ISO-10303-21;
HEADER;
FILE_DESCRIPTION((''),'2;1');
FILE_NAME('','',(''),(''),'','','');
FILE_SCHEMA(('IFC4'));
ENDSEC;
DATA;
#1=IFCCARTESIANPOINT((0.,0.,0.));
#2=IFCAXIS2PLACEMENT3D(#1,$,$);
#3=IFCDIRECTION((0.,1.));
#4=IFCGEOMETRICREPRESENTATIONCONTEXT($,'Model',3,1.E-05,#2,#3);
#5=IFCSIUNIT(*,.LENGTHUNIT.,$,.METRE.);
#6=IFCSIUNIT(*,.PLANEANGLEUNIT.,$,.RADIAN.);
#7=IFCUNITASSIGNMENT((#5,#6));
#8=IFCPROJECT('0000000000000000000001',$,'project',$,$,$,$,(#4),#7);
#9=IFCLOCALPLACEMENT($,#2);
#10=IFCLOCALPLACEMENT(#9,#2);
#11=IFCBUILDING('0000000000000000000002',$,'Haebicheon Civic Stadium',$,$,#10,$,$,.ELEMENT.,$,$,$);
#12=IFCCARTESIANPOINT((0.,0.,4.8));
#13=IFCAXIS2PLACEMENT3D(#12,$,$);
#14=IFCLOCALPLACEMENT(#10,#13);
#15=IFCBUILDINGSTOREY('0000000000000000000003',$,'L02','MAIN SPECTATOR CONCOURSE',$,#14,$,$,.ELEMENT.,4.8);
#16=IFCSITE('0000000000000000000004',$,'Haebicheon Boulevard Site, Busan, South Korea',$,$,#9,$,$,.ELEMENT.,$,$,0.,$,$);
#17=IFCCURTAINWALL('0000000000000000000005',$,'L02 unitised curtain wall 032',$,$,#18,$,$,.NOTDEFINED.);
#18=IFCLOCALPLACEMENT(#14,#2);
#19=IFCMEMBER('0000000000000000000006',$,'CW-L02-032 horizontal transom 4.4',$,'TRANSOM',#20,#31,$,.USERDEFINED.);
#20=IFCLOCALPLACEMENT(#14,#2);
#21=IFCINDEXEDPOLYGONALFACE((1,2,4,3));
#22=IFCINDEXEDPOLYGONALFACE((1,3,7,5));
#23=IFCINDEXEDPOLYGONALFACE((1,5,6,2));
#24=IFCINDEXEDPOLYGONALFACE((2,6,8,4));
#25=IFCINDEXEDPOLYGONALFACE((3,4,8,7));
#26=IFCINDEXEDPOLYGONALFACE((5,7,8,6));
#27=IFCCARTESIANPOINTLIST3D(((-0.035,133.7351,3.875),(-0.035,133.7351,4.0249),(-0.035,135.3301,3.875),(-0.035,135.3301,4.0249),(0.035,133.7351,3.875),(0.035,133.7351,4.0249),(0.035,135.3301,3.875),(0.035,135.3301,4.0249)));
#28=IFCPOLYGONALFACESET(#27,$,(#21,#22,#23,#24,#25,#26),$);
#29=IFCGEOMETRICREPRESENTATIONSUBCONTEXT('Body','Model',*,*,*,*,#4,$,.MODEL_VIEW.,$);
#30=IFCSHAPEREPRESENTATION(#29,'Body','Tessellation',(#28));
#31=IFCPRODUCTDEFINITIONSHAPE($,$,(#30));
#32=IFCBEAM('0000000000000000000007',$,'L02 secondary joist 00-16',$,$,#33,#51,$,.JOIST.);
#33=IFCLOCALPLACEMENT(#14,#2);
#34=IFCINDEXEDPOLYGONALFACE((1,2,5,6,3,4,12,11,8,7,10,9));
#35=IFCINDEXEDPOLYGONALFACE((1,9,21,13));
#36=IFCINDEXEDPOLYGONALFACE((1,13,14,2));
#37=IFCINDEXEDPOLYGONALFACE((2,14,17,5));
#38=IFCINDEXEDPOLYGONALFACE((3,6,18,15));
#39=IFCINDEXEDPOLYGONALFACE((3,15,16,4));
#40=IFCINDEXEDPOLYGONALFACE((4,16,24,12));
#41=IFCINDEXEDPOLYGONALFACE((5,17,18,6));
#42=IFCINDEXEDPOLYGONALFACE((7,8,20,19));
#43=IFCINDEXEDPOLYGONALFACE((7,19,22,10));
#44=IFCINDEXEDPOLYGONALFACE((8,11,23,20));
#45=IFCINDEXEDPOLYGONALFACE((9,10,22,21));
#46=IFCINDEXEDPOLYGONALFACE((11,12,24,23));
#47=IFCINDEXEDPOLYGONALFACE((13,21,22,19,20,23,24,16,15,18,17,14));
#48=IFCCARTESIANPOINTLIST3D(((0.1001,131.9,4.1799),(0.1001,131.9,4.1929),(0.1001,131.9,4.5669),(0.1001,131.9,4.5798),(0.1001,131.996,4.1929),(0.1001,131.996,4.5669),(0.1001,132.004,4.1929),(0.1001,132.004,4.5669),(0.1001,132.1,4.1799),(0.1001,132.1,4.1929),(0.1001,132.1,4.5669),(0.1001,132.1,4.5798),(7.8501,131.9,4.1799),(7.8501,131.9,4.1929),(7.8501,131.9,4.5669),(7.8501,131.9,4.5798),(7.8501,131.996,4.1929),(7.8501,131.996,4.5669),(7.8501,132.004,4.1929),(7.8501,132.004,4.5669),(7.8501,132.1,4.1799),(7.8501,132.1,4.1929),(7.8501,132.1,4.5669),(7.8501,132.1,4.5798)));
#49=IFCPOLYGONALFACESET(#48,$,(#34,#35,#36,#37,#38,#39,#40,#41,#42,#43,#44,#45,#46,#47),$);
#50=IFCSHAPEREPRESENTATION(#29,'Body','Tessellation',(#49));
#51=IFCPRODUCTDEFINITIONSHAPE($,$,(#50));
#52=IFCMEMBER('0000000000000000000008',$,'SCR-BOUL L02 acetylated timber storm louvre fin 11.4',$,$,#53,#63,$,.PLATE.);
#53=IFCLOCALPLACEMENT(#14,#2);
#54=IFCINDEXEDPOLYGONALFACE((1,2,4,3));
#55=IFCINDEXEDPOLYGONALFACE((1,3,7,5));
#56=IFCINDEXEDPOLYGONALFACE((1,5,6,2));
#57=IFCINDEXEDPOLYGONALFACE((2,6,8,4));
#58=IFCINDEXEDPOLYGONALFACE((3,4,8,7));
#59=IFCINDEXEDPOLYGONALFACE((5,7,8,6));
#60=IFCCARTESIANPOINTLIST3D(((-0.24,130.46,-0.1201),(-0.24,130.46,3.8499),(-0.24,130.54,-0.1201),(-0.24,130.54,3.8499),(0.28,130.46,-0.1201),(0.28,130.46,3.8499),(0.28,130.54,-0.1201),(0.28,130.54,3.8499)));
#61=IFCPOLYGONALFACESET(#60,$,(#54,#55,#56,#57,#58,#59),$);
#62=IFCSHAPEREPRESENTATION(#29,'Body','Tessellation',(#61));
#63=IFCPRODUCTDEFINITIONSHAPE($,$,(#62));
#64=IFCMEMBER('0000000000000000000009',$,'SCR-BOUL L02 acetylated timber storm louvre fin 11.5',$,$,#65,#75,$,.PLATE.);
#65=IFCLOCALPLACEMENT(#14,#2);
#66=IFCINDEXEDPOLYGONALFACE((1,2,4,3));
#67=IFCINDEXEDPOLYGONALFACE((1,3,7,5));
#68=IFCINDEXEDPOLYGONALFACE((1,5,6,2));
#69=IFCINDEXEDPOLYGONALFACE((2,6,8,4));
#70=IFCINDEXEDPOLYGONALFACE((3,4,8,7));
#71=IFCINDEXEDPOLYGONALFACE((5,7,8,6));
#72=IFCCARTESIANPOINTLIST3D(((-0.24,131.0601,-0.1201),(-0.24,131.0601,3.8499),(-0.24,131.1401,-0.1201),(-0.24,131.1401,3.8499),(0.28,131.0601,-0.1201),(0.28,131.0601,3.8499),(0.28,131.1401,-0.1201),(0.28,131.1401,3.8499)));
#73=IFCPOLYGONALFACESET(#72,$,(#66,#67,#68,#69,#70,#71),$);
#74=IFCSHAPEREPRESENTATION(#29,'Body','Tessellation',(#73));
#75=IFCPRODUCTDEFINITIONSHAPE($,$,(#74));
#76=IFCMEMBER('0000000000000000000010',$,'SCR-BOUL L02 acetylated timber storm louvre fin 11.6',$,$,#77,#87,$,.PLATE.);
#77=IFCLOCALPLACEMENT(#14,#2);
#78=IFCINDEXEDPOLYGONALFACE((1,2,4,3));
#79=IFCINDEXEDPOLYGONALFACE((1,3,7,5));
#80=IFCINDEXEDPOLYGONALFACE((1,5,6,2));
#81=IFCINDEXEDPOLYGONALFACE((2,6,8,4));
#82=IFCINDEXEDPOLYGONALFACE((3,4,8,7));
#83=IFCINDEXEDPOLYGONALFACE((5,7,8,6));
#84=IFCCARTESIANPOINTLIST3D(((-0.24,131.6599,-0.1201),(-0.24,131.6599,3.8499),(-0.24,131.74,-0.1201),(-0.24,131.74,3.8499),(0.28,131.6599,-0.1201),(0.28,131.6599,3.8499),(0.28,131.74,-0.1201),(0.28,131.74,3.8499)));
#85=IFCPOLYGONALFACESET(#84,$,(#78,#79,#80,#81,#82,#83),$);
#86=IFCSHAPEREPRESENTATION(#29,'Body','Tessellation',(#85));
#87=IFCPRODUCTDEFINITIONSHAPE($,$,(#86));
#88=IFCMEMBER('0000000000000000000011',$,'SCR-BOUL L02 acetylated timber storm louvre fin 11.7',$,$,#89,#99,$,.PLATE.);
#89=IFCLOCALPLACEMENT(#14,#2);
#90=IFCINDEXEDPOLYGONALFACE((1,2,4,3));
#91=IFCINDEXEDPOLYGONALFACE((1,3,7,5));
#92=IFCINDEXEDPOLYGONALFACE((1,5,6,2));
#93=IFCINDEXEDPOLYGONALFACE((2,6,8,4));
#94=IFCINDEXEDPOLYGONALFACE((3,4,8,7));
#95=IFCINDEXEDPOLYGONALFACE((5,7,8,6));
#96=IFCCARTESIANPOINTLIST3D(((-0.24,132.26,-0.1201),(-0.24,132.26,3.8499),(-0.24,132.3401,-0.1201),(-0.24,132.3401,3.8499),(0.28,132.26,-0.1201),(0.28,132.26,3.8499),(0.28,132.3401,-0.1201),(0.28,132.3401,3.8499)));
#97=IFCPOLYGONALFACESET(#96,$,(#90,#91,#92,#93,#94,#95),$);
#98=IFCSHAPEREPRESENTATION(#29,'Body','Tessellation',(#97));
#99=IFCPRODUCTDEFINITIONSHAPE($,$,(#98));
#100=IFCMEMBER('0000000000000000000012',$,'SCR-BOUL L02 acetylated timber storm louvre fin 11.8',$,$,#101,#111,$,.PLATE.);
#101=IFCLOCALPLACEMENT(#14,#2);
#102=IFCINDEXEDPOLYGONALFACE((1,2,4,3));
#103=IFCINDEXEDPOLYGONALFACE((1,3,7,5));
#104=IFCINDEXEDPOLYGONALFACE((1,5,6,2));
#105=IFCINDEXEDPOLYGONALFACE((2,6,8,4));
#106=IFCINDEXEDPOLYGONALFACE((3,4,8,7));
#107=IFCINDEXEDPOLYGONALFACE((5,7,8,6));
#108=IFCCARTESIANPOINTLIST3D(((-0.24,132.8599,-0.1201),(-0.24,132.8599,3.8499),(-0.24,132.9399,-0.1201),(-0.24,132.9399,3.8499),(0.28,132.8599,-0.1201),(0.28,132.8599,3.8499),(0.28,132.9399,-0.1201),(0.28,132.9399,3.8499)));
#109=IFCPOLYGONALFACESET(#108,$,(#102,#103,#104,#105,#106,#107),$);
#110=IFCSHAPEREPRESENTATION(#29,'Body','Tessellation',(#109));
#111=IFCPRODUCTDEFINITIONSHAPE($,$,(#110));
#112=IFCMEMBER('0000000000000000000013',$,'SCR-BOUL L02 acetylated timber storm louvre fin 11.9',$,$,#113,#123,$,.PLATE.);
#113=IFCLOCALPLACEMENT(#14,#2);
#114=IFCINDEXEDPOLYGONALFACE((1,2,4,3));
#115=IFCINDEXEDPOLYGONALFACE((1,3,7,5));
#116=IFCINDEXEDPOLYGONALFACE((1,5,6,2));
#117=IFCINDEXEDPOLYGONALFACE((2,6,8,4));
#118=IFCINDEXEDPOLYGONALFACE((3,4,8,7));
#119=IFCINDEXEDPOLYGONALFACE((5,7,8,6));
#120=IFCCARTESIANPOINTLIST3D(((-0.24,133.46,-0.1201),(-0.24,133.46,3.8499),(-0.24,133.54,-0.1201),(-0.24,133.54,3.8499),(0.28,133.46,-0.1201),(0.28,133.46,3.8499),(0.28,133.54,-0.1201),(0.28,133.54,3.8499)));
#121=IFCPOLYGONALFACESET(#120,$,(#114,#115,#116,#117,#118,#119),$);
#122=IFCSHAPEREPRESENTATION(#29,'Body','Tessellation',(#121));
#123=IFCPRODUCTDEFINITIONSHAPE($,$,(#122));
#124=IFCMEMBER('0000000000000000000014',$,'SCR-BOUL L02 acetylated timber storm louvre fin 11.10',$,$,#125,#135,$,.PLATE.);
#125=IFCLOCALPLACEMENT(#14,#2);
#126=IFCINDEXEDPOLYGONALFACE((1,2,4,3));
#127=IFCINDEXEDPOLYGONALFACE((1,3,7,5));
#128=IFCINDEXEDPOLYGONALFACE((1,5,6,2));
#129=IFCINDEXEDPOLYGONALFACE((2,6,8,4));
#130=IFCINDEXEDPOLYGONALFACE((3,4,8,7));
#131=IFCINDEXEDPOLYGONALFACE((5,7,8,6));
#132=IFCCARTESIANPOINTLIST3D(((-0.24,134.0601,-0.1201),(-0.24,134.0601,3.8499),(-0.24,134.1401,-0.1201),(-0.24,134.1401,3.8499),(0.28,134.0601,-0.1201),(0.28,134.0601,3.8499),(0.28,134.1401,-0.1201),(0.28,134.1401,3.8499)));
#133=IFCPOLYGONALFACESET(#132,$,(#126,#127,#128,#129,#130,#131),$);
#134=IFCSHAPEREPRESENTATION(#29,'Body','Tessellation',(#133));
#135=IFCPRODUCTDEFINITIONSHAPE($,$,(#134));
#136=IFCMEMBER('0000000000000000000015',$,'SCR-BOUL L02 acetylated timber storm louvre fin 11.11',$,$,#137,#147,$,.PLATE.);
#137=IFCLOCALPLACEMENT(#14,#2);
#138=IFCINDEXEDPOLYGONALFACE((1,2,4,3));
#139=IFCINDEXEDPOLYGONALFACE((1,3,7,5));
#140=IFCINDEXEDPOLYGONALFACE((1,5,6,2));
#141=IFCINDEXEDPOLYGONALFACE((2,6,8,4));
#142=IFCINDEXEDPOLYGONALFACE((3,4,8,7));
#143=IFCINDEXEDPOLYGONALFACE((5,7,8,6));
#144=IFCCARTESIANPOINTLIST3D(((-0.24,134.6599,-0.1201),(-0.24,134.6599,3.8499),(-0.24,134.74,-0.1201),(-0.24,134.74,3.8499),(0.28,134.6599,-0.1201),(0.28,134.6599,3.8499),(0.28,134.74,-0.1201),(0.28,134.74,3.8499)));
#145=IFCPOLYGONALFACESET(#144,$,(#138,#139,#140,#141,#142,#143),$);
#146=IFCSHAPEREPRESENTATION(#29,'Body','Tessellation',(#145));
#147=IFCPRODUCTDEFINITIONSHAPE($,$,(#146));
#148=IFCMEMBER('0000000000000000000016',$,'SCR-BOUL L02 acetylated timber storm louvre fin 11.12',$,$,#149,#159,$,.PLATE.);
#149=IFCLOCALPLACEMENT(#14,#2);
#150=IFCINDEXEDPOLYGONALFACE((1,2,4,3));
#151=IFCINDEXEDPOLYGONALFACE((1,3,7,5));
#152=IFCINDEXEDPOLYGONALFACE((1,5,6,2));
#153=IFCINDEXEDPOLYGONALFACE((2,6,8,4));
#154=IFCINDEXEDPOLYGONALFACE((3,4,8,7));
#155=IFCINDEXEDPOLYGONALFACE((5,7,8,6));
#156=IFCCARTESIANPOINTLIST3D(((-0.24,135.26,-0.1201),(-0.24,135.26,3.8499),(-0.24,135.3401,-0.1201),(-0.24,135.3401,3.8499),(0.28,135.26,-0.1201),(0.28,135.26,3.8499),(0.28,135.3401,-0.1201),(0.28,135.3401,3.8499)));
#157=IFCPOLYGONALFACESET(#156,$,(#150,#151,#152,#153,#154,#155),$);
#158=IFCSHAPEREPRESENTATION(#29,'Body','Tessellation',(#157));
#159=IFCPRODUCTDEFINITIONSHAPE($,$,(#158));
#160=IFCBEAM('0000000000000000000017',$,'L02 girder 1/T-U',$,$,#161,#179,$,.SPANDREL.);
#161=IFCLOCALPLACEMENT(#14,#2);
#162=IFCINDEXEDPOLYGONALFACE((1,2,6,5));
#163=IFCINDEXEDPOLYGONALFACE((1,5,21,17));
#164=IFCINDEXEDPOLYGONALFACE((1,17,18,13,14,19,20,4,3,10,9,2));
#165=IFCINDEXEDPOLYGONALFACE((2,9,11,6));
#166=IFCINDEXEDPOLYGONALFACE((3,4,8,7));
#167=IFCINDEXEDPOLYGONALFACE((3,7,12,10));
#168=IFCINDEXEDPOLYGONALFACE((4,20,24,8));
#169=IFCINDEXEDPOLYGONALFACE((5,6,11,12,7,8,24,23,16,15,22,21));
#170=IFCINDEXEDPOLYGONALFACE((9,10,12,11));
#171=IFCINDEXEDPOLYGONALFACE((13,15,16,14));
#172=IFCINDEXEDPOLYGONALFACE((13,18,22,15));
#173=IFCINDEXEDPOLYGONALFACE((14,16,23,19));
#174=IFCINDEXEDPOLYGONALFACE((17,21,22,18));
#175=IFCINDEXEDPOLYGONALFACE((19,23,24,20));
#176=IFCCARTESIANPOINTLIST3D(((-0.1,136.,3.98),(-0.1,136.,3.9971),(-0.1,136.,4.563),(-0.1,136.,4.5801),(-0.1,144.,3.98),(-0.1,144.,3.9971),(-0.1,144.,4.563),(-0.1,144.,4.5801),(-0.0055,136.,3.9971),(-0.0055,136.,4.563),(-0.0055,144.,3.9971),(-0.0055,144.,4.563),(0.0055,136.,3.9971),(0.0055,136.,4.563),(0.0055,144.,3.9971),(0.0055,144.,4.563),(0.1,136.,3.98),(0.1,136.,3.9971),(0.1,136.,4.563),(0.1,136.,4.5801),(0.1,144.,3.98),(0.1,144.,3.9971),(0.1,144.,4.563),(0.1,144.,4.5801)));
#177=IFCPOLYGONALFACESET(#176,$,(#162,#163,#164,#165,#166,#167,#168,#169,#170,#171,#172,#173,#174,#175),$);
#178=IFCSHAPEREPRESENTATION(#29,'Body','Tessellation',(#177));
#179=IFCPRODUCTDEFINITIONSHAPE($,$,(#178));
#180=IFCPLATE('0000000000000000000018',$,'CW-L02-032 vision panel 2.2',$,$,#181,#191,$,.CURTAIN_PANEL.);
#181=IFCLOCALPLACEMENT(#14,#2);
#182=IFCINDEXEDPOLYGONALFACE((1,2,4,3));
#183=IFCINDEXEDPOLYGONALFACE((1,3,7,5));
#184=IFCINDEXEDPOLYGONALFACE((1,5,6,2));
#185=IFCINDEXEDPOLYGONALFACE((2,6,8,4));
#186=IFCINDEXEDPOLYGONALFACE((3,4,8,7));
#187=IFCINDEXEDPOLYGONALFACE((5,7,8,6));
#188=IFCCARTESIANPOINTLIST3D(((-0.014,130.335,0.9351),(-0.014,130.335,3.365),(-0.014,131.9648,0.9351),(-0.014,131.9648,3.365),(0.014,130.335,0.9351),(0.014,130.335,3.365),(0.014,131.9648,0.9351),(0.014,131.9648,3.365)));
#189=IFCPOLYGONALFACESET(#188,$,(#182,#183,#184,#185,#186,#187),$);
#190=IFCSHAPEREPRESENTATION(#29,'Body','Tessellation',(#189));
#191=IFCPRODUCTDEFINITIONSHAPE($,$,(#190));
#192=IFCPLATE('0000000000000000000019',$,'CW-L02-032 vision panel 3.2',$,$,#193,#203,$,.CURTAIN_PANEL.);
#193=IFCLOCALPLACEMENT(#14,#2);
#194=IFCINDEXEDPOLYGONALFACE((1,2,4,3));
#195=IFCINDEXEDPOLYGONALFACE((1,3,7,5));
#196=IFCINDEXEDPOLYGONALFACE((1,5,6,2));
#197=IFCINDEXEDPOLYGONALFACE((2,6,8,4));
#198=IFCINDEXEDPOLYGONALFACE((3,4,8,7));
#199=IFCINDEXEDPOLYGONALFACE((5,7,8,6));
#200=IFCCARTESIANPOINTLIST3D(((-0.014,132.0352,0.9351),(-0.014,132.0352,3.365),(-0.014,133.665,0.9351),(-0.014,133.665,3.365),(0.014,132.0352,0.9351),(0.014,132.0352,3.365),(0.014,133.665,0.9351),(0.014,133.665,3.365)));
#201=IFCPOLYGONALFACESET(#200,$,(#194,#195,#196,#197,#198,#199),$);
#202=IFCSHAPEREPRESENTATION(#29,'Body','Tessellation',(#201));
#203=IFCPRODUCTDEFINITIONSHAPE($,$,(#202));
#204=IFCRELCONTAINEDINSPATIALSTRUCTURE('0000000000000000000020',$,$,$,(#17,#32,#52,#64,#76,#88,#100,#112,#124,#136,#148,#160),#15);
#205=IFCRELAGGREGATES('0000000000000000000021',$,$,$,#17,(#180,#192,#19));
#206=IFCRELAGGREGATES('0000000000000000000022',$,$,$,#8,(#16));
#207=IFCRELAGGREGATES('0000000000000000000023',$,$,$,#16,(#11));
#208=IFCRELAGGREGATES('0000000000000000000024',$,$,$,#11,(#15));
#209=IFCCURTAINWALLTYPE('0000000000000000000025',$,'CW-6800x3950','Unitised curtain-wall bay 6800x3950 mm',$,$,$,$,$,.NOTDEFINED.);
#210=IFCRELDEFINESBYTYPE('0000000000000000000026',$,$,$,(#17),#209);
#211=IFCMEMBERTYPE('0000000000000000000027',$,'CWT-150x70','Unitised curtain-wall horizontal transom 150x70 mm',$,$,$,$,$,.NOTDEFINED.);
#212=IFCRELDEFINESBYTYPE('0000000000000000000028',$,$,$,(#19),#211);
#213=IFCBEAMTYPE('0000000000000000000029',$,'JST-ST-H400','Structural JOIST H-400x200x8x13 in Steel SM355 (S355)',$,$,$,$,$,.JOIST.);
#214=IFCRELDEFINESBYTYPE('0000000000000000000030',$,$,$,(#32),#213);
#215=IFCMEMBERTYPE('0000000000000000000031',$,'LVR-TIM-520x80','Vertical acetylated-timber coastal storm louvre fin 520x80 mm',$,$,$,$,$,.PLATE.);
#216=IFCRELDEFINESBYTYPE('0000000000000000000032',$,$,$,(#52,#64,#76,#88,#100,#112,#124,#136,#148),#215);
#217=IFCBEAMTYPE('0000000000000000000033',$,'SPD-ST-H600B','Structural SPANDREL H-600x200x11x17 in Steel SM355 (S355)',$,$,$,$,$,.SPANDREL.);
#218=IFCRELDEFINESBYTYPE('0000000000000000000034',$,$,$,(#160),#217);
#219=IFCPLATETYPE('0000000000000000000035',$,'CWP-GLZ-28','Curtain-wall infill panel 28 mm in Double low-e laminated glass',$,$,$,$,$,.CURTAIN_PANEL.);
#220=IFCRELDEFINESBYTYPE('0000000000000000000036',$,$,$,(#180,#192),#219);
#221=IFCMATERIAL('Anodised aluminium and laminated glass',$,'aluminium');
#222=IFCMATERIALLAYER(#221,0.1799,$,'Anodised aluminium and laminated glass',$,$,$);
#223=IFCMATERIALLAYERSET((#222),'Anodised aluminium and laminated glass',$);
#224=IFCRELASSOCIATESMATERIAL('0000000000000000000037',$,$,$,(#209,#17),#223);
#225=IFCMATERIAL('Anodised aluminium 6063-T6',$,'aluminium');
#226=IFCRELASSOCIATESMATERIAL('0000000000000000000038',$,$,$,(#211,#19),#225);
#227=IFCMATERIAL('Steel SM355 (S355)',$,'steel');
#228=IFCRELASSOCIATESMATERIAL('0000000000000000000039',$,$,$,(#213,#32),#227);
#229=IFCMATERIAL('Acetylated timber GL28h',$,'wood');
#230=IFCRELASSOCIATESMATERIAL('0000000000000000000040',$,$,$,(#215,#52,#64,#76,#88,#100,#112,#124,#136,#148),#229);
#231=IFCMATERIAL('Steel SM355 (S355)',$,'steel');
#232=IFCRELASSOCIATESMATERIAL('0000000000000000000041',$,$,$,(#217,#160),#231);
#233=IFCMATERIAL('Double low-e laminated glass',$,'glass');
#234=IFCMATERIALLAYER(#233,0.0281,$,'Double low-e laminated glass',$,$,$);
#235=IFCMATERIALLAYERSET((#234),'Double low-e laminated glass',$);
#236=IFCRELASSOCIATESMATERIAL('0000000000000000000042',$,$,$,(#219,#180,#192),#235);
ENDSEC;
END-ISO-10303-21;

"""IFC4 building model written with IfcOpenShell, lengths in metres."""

from ifc_helpers import new_model, si_unit, direction, frame, origin, origin_2d, place, context, subcontext, project, spatial, rectangle, i_section, extrude, material, layer, layer_set, material_profile, profile_set, type_object, element, aggregate, save


model = new_model("IFC4")

# Units and contexts
model_context = context("Model", 3, precision=1e-05, world=origin(), true_north=direction((0.0, 1.0)))
body_context = subcontext(model_context, "Body", "Model", "MODEL_VIEW")
ifc_project = project(units=[si_unit("LENGTHUNIT", "METRE"), si_unit("PLANEANGLEUNIT", "RADIAN")], contexts=[model_context])

# Site, building, storey
site_placement = place(None, origin())
site = spatial("IfcSite", under=ifc_project, at=site_placement, Name="Haebicheon Boulevard Site, Busan, South Korea", CompositionType="ELEMENT", RefElevation=0.0)
building_placement = place(site_placement, origin())
building = spatial("IfcBuilding", under=site, at=building_placement, Name="Haebicheon Civic Stadium", CompositionType="ELEMENT")
storey_placement = place(building_placement, frame((0.0, 0.0, 4.8)))
storey = spatial("IfcBuildingStorey", under=building, at=storey_placement, Name="L02", Description="MAIN SPECTATOR CONCOURSE", CompositionType="ELEMENT", Elevation=4.8)

# Curtain wall, member
ifc_material_1 = material(Name="Anodised aluminium and laminated glass", Category="aluminium")
ifc_layer_1 = layer(ifc_material_1, 0.1799, Name="Anodised aluminium and laminated glass")
ifc_layer_set_1 = layer_set([ifc_layer_1], Name="Anodised aluminium and laminated glass")
curtain_wall_type = type_object("IfcCurtainWallType", Name="CW-6800x3950", Description="Unitised curtain-wall bay 6800x3950 mm", PredefinedType="NOTDEFINED", material=ifc_layer_set_1)
curtain_wall_placement = place(storey_placement, origin())
curtain_wall = element("IfcCurtainWall", 1, at=curtain_wall_placement, inside=storey, type_object=curtain_wall_type, material=ifc_layer_set_1, Name="L02 unitised curtain wall 032", PredefinedType="NOTDEFINED")
ifc_material_2 = material(Name="Anodised aluminium 6063-T6", Category="aluminium")
ifc_material_profile_1 = material_profile(ifc_material_2, rectangle(XDim=0.0701, YDim=0.1499, at=origin_2d()), Name="ALU-TRAN-70x150")
ifc_profile_set_1 = profile_set([ifc_material_profile_1], Name="Anodised aluminium 6063-T6")
member_type_1 = type_object("IfcMemberType", Name="CWT-150x70", Description="Unitised curtain-wall horizontal transom 150x70 mm", PredefinedType="NOTDEFINED", material=ifc_profile_set_1)
member_1_placement = place(storey_placement, frame((0.0, 133.7351, 3.95), z_axis=(0.0, 1.0, 0.0), x_axis=(-1.0, 0.0, 0.0)))
member_1 = element("IfcMember", 2, at=member_1_placement, type_object=member_type_1, material=ifc_profile_set_1, Name="CW-L02-032 horizontal transom 4.4", ObjectType="TRANSOM", PredefinedType="USERDEFINED", context=body_context, shape_type="SweptSolid", body=[
    extrude(rectangle(XDim=0.0701, YDim=0.1499, at=origin_2d()), origin(), (0.0, 0.0, 1.0), 1.595),
])

# Beam
ifc_material_3 = material(Name="Steel SM355 (S355)", Category="steel")
ifc_material_profile_2 = material_profile(ifc_material_3, i_section(OverallWidth=0.2, OverallDepth=0.3999, WebThickness=0.0081, FlangeThickness=0.0129, at=origin_2d()), Name="H-400x200x8x13")
ifc_profile_set_2 = profile_set([ifc_material_profile_2], Name="Steel SM355 (S355)")
beam_type_1 = type_object("IfcBeamType", Name="JST-ST-H400", Description="Structural JOIST H-400x200x8x13 in Steel SM355 (S355)", PredefinedType="JOIST", material=ifc_profile_set_2)
beam_1_placement = place(storey_placement, frame((0.1001, 132.0, 4.3799), z_axis=(1.0, 0.0, 0.0), x_axis=(0.0, 1.0, 0.0)))
element("IfcBeam", 3, at=beam_1_placement, inside=storey, type_object=beam_type_1, material=ifc_profile_set_2, Name="L02 secondary joist 00-16", PredefinedType="JOIST", context=body_context, shape_type="SweptSolid", body=[
    extrude(i_section(OverallWidth=0.2, OverallDepth=0.3999, WebThickness=0.0081, FlangeThickness=0.0129, at=origin_2d()), origin(), (0.0, 0.0, 1.0), 7.75),
])

# Members
ifc_material_4 = material(Name="Acetylated timber GL28h", Category="wood")
ifc_material_profile_3 = material_profile(ifc_material_4, rectangle(XDim=0.0801, YDim=0.52, at=origin_2d()), Name="TMB-LOUV-80x520")
ifc_profile_set_3 = profile_set([ifc_material_profile_3], Name="Acetylated timber GL28h")
member_type_2 = type_object("IfcMemberType", Name="LVR-TIM-520x80", Description="Vertical acetylated-timber coastal storm louvre fin 520x80 mm", PredefinedType="PLATE", material=ifc_profile_set_3)
for number, where, z_axis, x_axis, name in (
    (4, (0.02, 130.5, -0.1201), (0.0, 0.0, 1.0), (0.0, 1.0, 0.0), "SCR-BOUL L02 acetylated timber storm louvre fin 11.4"),
    (5, (0.02, 131.1001, -0.1201), (0.0, 0.0, 1.0), (0.0, 1.0, 0.0), "SCR-BOUL L02 acetylated timber storm louvre fin 11.5"),
    (6, (0.02, 131.7, -0.1201), (0.0, 0.0, 1.0), (0.0, 1.0, 0.0), "SCR-BOUL L02 acetylated timber storm louvre fin 11.6"),
    (7, (0.02, 132.3, -0.1201), (0.0, 0.0, 1.0), (0.0, 1.0, 0.0), "SCR-BOUL L02 acetylated timber storm louvre fin 11.7"),
    (8, (0.02, 132.8999, -0.1201), (0.0, 0.0, 1.0), (0.0, 1.0, 0.0), "SCR-BOUL L02 acetylated timber storm louvre fin 11.8"),
    (9, (0.02, 133.5, -0.1201), (0.0, 0.0, 1.0), (0.0, 1.0, 0.0), "SCR-BOUL L02 acetylated timber storm louvre fin 11.9"),
    (10, (0.02, 134.1001, -0.1201), (0.0, 0.0, 1.0), (0.0, 1.0, 0.0), "SCR-BOUL L02 acetylated timber storm louvre fin 11.10"),
    (11, (0.02, 134.7, -0.1201), (0.0, 0.0, 1.0), (0.0, 1.0, 0.0), "SCR-BOUL L02 acetylated timber storm louvre fin 11.11"),
    (12, (0.02, 135.3, -0.1201), (0.0, 0.0, 1.0), (0.0, 1.0, 0.0), "SCR-BOUL L02 acetylated timber storm louvre fin 11.12"),
):
    element("IfcMember", number, at=place(storey_placement, frame(where, z_axis=z_axis, x_axis=x_axis)), inside=storey, type_object=member_type_2, material=ifc_profile_set_3, Name=name, PredefinedType="PLATE", context=body_context, shape_type="SweptSolid", body=[
        extrude(rectangle(XDim=0.0801, YDim=0.52, at=origin_2d()), origin(), (0.0, 0.0, 1.0), 3.97),
    ])

# Beam
ifc_material_5 = material(Name="Steel SM355 (S355)", Category="steel")
ifc_material_profile_4 = material_profile(ifc_material_5, i_section(OverallWidth=0.2, OverallDepth=0.6001, WebThickness=0.011, FlangeThickness=0.0171, at=origin_2d()), Name="H-600x200x11x17")
ifc_profile_set_4 = profile_set([ifc_material_profile_4], Name="Steel SM355 (S355)")
beam_type_2 = type_object("IfcBeamType", Name="SPD-ST-H600B", Description="Structural SPANDREL H-600x200x11x17 in Steel SM355 (S355)", PredefinedType="SPANDREL", material=ifc_profile_set_4)
beam_2_placement = place(storey_placement, frame((0.0, 136.0, 4.28), z_axis=(0.0, 1.0, 0.0), x_axis=(-1.0, 0.0, 0.0)))
element("IfcBeam", 13, at=beam_2_placement, inside=storey, type_object=beam_type_2, material=ifc_profile_set_4, Name="L02 girder 1/T-U", PredefinedType="SPANDREL", context=body_context, shape_type="SweptSolid", body=[
    extrude(i_section(OverallWidth=0.2, OverallDepth=0.6001, WebThickness=0.011, FlangeThickness=0.0171, at=origin_2d()), origin(), (0.0, 0.0, 1.0), 8.0),
])

# Plates
ifc_material_6 = material(Name="Double low-e laminated glass", Category="glass")
ifc_layer_2 = layer(ifc_material_6, 0.0281, Name="Double low-e laminated glass")
ifc_layer_set_2 = layer_set([ifc_layer_2], Name="Double low-e laminated glass")
plate_type_1 = type_object("IfcPlateType", Name="CWP-GLZ-28", Description="Curtain-wall infill panel 28 mm in Double low-e laminated glass", PredefinedType="CURTAIN_PANEL", material=ifc_layer_set_2)
plate_1_placement = place(storey_placement, frame((0.0, 131.1499, 0.9351), z_axis=(0.0, 0.0, 1.0), x_axis=(0.0, 1.0, 0.0)))
plate_1 = element("IfcPlate", 14, at=plate_1_placement, type_object=plate_type_1, material=ifc_layer_set_2, Name="CW-L02-032 vision panel 2.2", PredefinedType="CURTAIN_PANEL", context=body_context, shape_type="SweptSolid", body=[
    extrude(rectangle(XDim=1.6299, YDim=0.0281, at=origin_2d()), origin(), (0.0, 0.0, 1.0), 2.4299),
])
plate_2_placement = place(storey_placement, frame((0.0, 132.8501, 0.9351), z_axis=(0.0, 0.0, 1.0), x_axis=(0.0, 1.0, 0.0)))
plate_2 = element("IfcPlate", 15, at=plate_2_placement, type_object=plate_type_1, material=ifc_layer_set_2, Name="CW-L02-032 vision panel 3.2", PredefinedType="CURTAIN_PANEL", context=body_context, shape_type="SweptSolid", body=[
    extrude(rectangle(XDim=1.6299, YDim=0.0281, at=origin_2d()), origin(), (0.0, 0.0, 1.0), 2.4299),
])
aggregate(curtain_wall, [plate_1, plate_2, member_1])

save(model, "model.ifc")
